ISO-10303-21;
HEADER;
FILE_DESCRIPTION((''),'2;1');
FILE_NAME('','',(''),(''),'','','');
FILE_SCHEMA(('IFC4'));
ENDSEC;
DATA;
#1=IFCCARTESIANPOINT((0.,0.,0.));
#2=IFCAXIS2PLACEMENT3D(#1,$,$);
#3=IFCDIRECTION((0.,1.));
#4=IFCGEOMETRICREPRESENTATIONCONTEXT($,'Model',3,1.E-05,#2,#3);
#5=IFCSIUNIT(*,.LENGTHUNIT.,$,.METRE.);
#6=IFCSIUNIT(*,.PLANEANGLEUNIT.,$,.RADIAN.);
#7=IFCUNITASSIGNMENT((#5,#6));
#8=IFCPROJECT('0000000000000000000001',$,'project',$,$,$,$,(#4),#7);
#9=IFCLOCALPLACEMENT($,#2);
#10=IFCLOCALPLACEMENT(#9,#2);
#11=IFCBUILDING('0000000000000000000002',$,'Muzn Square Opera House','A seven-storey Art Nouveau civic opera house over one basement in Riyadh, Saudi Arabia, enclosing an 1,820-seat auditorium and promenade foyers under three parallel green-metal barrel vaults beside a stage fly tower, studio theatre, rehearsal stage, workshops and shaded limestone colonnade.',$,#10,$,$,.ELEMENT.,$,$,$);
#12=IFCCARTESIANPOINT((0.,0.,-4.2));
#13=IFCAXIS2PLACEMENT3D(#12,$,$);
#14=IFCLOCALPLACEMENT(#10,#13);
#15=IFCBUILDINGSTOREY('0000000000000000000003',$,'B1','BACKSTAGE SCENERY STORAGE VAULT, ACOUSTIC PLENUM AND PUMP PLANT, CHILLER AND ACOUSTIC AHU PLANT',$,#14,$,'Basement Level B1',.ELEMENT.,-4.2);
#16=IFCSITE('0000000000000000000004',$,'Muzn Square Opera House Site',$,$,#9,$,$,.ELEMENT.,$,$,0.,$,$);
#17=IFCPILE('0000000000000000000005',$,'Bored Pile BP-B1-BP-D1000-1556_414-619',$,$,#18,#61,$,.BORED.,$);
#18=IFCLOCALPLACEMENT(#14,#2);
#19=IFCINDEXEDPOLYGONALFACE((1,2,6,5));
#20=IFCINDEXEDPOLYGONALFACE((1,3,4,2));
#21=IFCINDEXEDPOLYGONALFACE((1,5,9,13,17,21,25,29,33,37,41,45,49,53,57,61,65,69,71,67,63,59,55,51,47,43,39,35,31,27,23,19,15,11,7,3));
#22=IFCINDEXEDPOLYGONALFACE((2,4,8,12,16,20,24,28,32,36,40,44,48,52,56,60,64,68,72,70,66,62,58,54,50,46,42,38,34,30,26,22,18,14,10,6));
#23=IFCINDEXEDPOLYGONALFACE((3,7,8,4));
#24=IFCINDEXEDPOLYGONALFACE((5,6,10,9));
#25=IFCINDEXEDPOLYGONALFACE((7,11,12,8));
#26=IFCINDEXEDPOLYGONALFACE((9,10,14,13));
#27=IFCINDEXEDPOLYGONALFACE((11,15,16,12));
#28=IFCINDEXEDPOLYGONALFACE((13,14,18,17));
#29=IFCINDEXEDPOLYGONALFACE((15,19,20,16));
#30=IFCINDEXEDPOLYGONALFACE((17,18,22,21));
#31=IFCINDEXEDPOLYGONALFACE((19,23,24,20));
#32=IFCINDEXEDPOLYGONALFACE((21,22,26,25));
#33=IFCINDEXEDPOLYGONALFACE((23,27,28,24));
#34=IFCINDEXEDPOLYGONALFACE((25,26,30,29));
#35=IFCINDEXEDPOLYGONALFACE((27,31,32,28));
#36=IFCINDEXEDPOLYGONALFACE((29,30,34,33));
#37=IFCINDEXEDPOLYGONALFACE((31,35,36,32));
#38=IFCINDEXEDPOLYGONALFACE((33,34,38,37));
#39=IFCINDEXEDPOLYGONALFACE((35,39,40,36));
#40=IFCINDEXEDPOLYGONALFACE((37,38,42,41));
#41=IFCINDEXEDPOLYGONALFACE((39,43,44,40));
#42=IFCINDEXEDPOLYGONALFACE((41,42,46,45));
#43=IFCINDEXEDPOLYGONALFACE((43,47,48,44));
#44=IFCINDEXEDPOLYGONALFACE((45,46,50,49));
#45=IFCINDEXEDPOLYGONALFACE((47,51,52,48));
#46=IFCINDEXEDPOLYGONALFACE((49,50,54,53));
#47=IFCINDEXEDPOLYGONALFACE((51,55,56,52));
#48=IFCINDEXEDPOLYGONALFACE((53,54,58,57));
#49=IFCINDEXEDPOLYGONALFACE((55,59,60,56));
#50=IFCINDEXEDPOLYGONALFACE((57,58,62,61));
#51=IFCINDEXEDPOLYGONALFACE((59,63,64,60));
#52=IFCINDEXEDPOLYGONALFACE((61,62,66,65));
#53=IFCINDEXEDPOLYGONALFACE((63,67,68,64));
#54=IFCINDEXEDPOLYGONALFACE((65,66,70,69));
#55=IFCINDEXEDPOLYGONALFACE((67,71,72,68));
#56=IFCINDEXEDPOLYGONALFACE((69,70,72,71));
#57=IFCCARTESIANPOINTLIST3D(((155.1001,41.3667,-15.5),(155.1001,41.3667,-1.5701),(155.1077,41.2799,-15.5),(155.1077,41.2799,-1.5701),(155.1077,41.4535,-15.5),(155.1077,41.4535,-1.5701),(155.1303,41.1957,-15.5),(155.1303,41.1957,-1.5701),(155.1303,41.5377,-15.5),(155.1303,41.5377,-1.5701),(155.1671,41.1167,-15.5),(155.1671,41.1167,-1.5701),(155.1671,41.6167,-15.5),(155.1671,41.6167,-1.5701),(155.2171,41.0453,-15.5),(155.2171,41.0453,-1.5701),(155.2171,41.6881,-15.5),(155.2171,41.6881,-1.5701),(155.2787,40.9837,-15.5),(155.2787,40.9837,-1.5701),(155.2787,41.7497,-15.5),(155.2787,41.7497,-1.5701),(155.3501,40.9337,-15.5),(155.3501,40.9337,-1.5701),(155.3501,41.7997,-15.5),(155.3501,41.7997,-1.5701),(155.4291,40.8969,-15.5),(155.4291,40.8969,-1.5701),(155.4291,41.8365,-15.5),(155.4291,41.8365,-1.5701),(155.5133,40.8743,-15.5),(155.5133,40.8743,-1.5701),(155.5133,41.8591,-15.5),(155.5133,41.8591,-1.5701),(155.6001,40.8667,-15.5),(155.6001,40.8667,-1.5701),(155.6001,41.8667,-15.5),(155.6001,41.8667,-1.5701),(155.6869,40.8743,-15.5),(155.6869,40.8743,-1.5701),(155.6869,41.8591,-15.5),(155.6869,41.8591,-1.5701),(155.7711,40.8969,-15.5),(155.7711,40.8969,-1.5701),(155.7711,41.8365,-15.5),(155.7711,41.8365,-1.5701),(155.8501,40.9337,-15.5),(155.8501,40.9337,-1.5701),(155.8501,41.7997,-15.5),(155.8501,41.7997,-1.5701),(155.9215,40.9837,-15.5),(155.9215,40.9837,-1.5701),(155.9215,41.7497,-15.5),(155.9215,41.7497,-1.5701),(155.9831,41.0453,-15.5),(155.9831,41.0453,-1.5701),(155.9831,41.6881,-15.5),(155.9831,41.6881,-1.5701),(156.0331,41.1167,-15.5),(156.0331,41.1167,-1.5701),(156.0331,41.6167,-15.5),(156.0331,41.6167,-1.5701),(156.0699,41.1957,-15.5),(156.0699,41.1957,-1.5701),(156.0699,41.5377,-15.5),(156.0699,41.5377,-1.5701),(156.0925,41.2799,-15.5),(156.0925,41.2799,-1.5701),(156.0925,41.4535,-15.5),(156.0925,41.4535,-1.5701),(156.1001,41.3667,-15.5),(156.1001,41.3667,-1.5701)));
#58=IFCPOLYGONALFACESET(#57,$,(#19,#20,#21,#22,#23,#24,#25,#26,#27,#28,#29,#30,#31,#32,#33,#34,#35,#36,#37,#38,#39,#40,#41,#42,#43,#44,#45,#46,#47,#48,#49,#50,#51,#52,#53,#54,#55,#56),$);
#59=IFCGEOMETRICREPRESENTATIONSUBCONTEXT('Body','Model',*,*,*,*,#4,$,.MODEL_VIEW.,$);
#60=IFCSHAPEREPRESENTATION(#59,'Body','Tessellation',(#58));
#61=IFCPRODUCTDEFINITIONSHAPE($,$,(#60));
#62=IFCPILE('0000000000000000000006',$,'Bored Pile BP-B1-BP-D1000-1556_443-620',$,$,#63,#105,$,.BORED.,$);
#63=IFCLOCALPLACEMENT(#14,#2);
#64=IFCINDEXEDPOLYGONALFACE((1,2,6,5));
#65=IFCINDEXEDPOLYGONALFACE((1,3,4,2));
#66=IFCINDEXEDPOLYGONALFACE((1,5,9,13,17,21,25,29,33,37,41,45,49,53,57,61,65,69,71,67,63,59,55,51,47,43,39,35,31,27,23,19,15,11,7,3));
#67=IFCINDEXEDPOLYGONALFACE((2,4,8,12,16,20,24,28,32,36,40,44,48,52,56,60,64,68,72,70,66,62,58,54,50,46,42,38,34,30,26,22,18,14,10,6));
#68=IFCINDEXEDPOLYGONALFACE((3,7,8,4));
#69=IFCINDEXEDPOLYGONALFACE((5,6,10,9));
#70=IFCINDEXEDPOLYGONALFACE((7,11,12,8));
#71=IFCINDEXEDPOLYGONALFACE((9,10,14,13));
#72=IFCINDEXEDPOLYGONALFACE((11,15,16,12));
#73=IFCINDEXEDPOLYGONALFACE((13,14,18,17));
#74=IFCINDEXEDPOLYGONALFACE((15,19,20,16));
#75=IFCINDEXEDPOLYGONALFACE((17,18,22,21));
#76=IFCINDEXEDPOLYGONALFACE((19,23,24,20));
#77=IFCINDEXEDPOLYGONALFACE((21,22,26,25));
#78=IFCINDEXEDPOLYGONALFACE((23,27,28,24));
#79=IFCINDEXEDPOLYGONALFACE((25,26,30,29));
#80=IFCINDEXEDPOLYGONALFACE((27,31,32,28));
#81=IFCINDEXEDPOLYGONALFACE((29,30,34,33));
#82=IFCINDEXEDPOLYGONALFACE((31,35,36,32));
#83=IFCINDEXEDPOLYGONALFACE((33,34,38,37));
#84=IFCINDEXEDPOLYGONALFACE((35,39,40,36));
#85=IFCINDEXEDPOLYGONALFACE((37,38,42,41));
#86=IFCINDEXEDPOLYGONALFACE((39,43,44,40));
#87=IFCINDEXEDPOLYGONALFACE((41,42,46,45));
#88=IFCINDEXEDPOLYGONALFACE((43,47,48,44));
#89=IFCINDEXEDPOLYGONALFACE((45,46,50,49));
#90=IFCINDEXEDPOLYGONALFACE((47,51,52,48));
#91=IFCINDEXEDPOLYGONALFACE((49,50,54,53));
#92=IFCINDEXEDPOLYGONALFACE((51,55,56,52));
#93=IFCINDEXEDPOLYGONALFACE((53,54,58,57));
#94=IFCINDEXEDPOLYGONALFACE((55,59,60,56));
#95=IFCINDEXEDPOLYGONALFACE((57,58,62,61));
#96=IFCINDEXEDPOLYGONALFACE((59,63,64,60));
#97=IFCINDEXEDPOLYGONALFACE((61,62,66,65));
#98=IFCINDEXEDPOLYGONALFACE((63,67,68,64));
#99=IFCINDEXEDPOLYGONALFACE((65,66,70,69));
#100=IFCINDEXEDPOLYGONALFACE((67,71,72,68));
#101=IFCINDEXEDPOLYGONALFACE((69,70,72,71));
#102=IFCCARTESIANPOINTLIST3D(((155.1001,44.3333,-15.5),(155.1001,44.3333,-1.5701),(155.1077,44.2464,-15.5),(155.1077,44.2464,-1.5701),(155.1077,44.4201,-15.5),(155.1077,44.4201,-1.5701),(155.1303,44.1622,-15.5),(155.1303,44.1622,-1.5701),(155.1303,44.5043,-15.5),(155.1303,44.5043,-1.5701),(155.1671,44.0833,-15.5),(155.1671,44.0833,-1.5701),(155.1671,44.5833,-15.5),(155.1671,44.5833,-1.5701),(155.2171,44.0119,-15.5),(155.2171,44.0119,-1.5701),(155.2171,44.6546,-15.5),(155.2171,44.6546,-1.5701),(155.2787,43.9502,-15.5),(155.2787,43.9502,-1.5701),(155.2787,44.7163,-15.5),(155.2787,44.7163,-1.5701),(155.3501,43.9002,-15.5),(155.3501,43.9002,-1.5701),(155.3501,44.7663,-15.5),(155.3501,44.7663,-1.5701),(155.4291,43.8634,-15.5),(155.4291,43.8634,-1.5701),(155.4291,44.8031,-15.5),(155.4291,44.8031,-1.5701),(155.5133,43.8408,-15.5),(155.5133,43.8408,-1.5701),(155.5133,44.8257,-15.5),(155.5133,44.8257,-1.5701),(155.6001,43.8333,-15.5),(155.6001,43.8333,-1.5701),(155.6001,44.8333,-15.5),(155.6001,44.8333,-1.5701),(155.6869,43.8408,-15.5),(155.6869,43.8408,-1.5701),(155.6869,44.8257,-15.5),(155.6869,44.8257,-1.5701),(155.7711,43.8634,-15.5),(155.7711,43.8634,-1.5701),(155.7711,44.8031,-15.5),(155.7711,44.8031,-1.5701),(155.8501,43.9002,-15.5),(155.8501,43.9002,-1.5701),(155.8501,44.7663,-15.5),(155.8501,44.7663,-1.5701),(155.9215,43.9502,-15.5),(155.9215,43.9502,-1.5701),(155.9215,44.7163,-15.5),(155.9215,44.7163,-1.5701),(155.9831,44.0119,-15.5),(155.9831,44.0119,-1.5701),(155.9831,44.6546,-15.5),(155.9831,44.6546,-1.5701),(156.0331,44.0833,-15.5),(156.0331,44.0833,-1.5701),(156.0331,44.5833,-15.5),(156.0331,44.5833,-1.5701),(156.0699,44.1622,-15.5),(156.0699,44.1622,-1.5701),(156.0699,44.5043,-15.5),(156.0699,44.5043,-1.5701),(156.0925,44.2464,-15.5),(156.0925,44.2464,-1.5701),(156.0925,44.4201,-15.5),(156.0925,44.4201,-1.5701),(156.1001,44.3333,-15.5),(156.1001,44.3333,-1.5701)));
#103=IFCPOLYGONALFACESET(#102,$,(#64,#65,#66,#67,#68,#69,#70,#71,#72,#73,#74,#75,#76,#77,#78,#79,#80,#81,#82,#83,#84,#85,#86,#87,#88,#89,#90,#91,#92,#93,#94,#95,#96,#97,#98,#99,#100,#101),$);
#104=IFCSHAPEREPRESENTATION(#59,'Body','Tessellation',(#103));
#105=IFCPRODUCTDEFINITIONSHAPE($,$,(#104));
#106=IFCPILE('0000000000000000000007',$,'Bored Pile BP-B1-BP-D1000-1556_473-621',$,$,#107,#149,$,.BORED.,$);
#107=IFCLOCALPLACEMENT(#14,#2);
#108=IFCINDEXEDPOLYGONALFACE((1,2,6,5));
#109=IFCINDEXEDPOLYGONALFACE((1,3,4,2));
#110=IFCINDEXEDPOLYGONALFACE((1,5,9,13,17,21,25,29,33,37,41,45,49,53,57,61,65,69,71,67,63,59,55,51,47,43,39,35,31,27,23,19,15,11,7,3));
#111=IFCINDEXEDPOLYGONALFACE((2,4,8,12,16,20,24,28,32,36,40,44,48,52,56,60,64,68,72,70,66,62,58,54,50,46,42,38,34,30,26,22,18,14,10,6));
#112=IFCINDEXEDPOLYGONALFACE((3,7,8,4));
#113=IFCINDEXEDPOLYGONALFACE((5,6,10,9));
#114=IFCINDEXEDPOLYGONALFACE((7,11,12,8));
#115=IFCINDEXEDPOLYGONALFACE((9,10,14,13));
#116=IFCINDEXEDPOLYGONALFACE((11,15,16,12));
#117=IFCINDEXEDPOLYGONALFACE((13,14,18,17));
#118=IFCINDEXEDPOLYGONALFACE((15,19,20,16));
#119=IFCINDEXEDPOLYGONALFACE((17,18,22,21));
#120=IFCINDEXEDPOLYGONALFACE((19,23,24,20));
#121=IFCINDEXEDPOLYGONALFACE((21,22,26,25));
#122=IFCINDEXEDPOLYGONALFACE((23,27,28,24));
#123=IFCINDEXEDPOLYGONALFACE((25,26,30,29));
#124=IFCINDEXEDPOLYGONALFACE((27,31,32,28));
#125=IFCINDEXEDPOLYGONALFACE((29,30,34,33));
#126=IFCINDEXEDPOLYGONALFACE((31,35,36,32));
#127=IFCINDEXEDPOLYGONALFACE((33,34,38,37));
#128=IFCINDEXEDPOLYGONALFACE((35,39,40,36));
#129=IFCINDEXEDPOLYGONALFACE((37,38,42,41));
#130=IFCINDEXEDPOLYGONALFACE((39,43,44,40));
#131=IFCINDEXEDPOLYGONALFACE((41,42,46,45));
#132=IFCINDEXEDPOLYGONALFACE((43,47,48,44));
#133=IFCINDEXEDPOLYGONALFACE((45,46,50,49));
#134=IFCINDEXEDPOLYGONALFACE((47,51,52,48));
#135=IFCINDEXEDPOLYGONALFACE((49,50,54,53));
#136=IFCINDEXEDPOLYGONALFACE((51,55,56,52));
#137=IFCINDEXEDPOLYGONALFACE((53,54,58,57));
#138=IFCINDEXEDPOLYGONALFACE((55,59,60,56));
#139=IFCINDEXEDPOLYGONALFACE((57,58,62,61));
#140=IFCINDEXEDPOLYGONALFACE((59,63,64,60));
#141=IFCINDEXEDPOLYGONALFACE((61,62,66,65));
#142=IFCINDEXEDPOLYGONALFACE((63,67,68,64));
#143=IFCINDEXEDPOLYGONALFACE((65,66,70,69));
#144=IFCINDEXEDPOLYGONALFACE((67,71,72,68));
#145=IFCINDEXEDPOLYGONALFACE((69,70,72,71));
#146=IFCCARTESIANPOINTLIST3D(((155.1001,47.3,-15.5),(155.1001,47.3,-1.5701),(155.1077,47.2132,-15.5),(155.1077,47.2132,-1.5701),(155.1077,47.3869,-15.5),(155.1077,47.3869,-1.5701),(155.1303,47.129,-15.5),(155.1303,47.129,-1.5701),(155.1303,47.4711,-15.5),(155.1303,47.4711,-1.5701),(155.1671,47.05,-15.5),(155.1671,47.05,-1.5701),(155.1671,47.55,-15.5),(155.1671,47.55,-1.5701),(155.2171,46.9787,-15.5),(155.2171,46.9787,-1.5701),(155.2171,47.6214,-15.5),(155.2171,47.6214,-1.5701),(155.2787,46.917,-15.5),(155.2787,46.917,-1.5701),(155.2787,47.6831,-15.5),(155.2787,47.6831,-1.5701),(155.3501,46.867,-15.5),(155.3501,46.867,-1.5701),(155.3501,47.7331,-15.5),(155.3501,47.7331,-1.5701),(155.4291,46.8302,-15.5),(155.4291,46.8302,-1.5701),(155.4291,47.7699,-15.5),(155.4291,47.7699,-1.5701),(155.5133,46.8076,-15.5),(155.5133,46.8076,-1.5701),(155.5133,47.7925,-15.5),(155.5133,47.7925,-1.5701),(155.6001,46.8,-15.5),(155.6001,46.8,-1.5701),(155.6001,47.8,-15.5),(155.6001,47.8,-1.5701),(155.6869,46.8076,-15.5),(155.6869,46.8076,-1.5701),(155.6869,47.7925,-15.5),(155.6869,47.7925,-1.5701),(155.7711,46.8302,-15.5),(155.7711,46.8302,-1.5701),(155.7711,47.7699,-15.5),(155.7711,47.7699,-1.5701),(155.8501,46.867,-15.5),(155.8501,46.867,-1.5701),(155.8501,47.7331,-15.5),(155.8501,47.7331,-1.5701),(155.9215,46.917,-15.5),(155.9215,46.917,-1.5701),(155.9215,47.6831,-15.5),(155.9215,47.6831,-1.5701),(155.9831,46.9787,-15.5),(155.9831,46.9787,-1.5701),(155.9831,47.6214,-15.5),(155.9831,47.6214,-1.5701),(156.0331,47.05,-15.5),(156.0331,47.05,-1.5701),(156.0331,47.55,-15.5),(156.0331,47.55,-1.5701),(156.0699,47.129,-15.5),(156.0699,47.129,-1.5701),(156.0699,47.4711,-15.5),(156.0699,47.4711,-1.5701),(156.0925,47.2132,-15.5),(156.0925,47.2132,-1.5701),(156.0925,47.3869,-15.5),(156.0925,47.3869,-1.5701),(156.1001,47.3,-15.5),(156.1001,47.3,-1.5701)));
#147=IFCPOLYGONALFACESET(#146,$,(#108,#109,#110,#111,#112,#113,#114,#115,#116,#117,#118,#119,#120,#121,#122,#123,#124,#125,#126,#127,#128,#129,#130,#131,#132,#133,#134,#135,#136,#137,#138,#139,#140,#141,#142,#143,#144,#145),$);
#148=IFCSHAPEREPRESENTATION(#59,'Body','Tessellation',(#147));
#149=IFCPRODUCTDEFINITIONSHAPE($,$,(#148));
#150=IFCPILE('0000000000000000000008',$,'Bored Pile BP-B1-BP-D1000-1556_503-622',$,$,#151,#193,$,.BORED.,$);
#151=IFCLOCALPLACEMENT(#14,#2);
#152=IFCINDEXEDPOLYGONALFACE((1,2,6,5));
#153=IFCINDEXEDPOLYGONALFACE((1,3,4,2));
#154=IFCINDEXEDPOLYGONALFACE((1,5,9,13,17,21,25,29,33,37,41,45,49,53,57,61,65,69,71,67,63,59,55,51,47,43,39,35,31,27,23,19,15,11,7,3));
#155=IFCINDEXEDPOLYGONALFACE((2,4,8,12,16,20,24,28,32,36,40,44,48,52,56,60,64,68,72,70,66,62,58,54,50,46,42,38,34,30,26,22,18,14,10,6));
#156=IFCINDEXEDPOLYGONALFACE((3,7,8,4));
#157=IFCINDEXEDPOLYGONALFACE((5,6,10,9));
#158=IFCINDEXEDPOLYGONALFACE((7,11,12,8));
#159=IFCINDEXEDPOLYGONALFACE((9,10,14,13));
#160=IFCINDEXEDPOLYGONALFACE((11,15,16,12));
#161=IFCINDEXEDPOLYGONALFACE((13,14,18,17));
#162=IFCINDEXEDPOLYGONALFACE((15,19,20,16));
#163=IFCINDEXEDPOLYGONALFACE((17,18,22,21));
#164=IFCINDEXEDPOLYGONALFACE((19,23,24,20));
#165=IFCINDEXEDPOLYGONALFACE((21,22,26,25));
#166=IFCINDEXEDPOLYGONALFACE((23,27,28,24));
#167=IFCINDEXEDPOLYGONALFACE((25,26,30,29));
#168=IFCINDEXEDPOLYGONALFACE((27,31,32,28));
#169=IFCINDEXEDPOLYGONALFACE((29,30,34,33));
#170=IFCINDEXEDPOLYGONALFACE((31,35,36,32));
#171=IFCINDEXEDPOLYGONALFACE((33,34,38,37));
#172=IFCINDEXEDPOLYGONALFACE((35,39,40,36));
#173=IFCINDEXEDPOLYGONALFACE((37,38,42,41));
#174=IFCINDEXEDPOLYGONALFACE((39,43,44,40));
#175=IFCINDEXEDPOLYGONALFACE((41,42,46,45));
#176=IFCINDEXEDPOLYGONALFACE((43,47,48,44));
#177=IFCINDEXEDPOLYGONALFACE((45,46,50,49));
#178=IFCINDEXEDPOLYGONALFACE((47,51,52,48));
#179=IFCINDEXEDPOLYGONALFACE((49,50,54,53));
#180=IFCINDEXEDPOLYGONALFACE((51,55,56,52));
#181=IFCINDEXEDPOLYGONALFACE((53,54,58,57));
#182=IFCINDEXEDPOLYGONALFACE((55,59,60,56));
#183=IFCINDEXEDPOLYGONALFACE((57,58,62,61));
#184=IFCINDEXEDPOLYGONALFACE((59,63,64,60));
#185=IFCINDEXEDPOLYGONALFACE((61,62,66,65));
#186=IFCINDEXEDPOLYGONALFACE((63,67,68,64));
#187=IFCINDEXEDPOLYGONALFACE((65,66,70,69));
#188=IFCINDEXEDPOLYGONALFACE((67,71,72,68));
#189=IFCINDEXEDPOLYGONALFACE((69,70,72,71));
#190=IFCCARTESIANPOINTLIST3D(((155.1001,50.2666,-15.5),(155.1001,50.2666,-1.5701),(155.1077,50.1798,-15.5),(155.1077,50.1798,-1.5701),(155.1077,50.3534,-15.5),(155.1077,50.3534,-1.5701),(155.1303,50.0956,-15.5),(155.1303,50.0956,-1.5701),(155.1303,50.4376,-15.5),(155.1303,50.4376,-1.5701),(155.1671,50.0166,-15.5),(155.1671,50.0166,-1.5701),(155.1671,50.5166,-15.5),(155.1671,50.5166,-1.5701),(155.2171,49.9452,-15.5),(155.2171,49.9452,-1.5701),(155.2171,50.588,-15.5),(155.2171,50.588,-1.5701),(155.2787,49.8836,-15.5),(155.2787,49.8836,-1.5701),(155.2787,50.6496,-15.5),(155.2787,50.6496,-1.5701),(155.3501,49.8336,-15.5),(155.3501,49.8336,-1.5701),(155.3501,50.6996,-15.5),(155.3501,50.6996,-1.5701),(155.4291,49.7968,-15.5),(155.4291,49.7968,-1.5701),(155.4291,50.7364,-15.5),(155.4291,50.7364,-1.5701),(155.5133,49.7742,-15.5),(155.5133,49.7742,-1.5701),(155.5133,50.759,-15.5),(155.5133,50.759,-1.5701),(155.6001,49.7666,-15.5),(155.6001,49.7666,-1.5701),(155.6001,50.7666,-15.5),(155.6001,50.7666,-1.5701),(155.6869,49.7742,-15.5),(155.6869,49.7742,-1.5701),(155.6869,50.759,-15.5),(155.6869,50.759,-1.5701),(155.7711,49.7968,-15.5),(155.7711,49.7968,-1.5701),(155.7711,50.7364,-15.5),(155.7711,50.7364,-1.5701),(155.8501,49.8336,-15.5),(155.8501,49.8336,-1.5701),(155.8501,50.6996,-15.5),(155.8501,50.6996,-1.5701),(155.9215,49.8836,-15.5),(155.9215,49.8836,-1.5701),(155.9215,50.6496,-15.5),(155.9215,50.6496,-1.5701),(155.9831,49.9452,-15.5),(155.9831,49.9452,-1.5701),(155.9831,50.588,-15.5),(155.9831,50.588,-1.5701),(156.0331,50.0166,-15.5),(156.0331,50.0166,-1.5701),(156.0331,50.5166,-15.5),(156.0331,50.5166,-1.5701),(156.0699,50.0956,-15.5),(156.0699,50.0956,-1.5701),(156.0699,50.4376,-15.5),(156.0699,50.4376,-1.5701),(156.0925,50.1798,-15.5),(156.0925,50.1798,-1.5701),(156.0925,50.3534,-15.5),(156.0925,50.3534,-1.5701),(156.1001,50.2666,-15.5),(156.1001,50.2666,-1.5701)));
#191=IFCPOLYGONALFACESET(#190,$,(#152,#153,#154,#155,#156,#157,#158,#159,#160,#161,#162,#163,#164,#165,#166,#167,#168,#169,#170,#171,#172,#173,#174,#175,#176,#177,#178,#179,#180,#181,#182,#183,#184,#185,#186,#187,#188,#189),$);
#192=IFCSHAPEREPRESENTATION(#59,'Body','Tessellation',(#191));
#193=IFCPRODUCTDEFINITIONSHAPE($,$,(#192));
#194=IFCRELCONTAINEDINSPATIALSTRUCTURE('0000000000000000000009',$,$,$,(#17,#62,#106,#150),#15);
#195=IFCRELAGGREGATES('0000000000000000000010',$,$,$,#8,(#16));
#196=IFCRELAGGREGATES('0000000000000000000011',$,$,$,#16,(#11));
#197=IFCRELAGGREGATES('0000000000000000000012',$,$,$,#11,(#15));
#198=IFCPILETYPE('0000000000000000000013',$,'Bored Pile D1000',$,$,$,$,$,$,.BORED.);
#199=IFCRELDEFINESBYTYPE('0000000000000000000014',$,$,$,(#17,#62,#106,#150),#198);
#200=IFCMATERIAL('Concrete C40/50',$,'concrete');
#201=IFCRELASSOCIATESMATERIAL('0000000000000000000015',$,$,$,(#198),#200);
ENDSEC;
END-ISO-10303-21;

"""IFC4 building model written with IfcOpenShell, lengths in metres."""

from ifc_helpers import new_model, si_unit, direction, frame, origin, origin_2d, place, context, subcontext, project, spatial, circle, extrude, material, material_profile, profile_set, type_object, element, save


model = new_model("IFC4")

# Units and contexts
model_context = context("Model", 3, precision=1e-05, world=origin(), true_north=direction((0.0, 1.0)))
body_context = subcontext(model_context, "Body", "Model", "MODEL_VIEW")
ifc_project = project(units=[si_unit("LENGTHUNIT", "METRE"), si_unit("PLANEANGLEUNIT", "RADIAN")], contexts=[model_context])

# Site, building, storey
site_placement = place(None, origin())
site = spatial("IfcSite", under=ifc_project, at=site_placement, Name="Muzn Square Opera House Site", CompositionType="ELEMENT", RefElevation=0.0)
building_placement = place(site_placement, origin())
building = spatial("IfcBuilding", under=site, at=building_placement, Name="Muzn Square Opera House", Description="A seven-storey Art Nouveau civic opera house over one basement in Riyadh, Saudi Arabia, enclosing an 1,820-seat auditorium and promenade foyers under three parallel green-metal barrel vaults beside a stage fly tower, studio theatre, rehearsal stage, workshops and shaded limestone colonnade.", CompositionType="ELEMENT")
storey_placement = place(building_placement, frame((0.0, 0.0, -4.2)))
storey = spatial("IfcBuildingStorey", under=building, at=storey_placement, Name="B1", Description="BACKSTAGE SCENERY STORAGE VAULT, ACOUSTIC PLENUM AND PUMP PLANT, CHILLER AND ACOUSTIC AHU PLANT", LongName="Basement Level B1", CompositionType="ELEMENT", Elevation=-4.2)

# Piles
ifc_material_1 = material(Name="Concrete C40/50", Category="concrete")
ifc_material_profile_1 = material_profile(ifc_material_1, circle(Radius=0.5, at=origin_2d()), Name="BORED PILE D1000", Category="concrete")
ifc_profile_set_1 = profile_set([ifc_material_profile_1], Name="Concrete C40/50")
pile_type = type_object("IfcPileType", Name="Bored Pile D1000", PredefinedType="BORED", material=ifc_profile_set_1)
for number, where, z_axis, x_axis, name in (
    (1, (155.6001, 41.3667, -1.5701), (0.0, 0.0, -1.0), (1.0, 0.0, 0.0), "Bored Pile BP-B1-BP-D1000-1556_414-619"),
    (2, (155.6001, 44.3333, -1.5701), (0.0, 0.0, -1.0), (1.0, 0.0, 0.0), "Bored Pile BP-B1-BP-D1000-1556_443-620"),
    (3, (155.6001, 47.3, -1.5701), (0.0, 0.0, -1.0), (1.0, 0.0, 0.0), "Bored Pile BP-B1-BP-D1000-1556_473-621"),
    (4, (155.6001, 50.2666, -1.5701), (0.0, 0.0, -1.0), (1.0, 0.0, 0.0), "Bored Pile BP-B1-BP-D1000-1556_503-622"),
):
    element("IfcPile", number, at=place(storey_placement, frame(where, z_axis=z_axis, x_axis=x_axis)), inside=storey, type_object=pile_type, Name=name, PredefinedType="BORED", context=body_context, shape_type="SweptSolid", body=[
        extrude(circle(Radius=0.5, at=origin_2d()), origin(), (0.0, 0.0, 1.0), 13.9299),
    ])

save(model, "model.ifc")
